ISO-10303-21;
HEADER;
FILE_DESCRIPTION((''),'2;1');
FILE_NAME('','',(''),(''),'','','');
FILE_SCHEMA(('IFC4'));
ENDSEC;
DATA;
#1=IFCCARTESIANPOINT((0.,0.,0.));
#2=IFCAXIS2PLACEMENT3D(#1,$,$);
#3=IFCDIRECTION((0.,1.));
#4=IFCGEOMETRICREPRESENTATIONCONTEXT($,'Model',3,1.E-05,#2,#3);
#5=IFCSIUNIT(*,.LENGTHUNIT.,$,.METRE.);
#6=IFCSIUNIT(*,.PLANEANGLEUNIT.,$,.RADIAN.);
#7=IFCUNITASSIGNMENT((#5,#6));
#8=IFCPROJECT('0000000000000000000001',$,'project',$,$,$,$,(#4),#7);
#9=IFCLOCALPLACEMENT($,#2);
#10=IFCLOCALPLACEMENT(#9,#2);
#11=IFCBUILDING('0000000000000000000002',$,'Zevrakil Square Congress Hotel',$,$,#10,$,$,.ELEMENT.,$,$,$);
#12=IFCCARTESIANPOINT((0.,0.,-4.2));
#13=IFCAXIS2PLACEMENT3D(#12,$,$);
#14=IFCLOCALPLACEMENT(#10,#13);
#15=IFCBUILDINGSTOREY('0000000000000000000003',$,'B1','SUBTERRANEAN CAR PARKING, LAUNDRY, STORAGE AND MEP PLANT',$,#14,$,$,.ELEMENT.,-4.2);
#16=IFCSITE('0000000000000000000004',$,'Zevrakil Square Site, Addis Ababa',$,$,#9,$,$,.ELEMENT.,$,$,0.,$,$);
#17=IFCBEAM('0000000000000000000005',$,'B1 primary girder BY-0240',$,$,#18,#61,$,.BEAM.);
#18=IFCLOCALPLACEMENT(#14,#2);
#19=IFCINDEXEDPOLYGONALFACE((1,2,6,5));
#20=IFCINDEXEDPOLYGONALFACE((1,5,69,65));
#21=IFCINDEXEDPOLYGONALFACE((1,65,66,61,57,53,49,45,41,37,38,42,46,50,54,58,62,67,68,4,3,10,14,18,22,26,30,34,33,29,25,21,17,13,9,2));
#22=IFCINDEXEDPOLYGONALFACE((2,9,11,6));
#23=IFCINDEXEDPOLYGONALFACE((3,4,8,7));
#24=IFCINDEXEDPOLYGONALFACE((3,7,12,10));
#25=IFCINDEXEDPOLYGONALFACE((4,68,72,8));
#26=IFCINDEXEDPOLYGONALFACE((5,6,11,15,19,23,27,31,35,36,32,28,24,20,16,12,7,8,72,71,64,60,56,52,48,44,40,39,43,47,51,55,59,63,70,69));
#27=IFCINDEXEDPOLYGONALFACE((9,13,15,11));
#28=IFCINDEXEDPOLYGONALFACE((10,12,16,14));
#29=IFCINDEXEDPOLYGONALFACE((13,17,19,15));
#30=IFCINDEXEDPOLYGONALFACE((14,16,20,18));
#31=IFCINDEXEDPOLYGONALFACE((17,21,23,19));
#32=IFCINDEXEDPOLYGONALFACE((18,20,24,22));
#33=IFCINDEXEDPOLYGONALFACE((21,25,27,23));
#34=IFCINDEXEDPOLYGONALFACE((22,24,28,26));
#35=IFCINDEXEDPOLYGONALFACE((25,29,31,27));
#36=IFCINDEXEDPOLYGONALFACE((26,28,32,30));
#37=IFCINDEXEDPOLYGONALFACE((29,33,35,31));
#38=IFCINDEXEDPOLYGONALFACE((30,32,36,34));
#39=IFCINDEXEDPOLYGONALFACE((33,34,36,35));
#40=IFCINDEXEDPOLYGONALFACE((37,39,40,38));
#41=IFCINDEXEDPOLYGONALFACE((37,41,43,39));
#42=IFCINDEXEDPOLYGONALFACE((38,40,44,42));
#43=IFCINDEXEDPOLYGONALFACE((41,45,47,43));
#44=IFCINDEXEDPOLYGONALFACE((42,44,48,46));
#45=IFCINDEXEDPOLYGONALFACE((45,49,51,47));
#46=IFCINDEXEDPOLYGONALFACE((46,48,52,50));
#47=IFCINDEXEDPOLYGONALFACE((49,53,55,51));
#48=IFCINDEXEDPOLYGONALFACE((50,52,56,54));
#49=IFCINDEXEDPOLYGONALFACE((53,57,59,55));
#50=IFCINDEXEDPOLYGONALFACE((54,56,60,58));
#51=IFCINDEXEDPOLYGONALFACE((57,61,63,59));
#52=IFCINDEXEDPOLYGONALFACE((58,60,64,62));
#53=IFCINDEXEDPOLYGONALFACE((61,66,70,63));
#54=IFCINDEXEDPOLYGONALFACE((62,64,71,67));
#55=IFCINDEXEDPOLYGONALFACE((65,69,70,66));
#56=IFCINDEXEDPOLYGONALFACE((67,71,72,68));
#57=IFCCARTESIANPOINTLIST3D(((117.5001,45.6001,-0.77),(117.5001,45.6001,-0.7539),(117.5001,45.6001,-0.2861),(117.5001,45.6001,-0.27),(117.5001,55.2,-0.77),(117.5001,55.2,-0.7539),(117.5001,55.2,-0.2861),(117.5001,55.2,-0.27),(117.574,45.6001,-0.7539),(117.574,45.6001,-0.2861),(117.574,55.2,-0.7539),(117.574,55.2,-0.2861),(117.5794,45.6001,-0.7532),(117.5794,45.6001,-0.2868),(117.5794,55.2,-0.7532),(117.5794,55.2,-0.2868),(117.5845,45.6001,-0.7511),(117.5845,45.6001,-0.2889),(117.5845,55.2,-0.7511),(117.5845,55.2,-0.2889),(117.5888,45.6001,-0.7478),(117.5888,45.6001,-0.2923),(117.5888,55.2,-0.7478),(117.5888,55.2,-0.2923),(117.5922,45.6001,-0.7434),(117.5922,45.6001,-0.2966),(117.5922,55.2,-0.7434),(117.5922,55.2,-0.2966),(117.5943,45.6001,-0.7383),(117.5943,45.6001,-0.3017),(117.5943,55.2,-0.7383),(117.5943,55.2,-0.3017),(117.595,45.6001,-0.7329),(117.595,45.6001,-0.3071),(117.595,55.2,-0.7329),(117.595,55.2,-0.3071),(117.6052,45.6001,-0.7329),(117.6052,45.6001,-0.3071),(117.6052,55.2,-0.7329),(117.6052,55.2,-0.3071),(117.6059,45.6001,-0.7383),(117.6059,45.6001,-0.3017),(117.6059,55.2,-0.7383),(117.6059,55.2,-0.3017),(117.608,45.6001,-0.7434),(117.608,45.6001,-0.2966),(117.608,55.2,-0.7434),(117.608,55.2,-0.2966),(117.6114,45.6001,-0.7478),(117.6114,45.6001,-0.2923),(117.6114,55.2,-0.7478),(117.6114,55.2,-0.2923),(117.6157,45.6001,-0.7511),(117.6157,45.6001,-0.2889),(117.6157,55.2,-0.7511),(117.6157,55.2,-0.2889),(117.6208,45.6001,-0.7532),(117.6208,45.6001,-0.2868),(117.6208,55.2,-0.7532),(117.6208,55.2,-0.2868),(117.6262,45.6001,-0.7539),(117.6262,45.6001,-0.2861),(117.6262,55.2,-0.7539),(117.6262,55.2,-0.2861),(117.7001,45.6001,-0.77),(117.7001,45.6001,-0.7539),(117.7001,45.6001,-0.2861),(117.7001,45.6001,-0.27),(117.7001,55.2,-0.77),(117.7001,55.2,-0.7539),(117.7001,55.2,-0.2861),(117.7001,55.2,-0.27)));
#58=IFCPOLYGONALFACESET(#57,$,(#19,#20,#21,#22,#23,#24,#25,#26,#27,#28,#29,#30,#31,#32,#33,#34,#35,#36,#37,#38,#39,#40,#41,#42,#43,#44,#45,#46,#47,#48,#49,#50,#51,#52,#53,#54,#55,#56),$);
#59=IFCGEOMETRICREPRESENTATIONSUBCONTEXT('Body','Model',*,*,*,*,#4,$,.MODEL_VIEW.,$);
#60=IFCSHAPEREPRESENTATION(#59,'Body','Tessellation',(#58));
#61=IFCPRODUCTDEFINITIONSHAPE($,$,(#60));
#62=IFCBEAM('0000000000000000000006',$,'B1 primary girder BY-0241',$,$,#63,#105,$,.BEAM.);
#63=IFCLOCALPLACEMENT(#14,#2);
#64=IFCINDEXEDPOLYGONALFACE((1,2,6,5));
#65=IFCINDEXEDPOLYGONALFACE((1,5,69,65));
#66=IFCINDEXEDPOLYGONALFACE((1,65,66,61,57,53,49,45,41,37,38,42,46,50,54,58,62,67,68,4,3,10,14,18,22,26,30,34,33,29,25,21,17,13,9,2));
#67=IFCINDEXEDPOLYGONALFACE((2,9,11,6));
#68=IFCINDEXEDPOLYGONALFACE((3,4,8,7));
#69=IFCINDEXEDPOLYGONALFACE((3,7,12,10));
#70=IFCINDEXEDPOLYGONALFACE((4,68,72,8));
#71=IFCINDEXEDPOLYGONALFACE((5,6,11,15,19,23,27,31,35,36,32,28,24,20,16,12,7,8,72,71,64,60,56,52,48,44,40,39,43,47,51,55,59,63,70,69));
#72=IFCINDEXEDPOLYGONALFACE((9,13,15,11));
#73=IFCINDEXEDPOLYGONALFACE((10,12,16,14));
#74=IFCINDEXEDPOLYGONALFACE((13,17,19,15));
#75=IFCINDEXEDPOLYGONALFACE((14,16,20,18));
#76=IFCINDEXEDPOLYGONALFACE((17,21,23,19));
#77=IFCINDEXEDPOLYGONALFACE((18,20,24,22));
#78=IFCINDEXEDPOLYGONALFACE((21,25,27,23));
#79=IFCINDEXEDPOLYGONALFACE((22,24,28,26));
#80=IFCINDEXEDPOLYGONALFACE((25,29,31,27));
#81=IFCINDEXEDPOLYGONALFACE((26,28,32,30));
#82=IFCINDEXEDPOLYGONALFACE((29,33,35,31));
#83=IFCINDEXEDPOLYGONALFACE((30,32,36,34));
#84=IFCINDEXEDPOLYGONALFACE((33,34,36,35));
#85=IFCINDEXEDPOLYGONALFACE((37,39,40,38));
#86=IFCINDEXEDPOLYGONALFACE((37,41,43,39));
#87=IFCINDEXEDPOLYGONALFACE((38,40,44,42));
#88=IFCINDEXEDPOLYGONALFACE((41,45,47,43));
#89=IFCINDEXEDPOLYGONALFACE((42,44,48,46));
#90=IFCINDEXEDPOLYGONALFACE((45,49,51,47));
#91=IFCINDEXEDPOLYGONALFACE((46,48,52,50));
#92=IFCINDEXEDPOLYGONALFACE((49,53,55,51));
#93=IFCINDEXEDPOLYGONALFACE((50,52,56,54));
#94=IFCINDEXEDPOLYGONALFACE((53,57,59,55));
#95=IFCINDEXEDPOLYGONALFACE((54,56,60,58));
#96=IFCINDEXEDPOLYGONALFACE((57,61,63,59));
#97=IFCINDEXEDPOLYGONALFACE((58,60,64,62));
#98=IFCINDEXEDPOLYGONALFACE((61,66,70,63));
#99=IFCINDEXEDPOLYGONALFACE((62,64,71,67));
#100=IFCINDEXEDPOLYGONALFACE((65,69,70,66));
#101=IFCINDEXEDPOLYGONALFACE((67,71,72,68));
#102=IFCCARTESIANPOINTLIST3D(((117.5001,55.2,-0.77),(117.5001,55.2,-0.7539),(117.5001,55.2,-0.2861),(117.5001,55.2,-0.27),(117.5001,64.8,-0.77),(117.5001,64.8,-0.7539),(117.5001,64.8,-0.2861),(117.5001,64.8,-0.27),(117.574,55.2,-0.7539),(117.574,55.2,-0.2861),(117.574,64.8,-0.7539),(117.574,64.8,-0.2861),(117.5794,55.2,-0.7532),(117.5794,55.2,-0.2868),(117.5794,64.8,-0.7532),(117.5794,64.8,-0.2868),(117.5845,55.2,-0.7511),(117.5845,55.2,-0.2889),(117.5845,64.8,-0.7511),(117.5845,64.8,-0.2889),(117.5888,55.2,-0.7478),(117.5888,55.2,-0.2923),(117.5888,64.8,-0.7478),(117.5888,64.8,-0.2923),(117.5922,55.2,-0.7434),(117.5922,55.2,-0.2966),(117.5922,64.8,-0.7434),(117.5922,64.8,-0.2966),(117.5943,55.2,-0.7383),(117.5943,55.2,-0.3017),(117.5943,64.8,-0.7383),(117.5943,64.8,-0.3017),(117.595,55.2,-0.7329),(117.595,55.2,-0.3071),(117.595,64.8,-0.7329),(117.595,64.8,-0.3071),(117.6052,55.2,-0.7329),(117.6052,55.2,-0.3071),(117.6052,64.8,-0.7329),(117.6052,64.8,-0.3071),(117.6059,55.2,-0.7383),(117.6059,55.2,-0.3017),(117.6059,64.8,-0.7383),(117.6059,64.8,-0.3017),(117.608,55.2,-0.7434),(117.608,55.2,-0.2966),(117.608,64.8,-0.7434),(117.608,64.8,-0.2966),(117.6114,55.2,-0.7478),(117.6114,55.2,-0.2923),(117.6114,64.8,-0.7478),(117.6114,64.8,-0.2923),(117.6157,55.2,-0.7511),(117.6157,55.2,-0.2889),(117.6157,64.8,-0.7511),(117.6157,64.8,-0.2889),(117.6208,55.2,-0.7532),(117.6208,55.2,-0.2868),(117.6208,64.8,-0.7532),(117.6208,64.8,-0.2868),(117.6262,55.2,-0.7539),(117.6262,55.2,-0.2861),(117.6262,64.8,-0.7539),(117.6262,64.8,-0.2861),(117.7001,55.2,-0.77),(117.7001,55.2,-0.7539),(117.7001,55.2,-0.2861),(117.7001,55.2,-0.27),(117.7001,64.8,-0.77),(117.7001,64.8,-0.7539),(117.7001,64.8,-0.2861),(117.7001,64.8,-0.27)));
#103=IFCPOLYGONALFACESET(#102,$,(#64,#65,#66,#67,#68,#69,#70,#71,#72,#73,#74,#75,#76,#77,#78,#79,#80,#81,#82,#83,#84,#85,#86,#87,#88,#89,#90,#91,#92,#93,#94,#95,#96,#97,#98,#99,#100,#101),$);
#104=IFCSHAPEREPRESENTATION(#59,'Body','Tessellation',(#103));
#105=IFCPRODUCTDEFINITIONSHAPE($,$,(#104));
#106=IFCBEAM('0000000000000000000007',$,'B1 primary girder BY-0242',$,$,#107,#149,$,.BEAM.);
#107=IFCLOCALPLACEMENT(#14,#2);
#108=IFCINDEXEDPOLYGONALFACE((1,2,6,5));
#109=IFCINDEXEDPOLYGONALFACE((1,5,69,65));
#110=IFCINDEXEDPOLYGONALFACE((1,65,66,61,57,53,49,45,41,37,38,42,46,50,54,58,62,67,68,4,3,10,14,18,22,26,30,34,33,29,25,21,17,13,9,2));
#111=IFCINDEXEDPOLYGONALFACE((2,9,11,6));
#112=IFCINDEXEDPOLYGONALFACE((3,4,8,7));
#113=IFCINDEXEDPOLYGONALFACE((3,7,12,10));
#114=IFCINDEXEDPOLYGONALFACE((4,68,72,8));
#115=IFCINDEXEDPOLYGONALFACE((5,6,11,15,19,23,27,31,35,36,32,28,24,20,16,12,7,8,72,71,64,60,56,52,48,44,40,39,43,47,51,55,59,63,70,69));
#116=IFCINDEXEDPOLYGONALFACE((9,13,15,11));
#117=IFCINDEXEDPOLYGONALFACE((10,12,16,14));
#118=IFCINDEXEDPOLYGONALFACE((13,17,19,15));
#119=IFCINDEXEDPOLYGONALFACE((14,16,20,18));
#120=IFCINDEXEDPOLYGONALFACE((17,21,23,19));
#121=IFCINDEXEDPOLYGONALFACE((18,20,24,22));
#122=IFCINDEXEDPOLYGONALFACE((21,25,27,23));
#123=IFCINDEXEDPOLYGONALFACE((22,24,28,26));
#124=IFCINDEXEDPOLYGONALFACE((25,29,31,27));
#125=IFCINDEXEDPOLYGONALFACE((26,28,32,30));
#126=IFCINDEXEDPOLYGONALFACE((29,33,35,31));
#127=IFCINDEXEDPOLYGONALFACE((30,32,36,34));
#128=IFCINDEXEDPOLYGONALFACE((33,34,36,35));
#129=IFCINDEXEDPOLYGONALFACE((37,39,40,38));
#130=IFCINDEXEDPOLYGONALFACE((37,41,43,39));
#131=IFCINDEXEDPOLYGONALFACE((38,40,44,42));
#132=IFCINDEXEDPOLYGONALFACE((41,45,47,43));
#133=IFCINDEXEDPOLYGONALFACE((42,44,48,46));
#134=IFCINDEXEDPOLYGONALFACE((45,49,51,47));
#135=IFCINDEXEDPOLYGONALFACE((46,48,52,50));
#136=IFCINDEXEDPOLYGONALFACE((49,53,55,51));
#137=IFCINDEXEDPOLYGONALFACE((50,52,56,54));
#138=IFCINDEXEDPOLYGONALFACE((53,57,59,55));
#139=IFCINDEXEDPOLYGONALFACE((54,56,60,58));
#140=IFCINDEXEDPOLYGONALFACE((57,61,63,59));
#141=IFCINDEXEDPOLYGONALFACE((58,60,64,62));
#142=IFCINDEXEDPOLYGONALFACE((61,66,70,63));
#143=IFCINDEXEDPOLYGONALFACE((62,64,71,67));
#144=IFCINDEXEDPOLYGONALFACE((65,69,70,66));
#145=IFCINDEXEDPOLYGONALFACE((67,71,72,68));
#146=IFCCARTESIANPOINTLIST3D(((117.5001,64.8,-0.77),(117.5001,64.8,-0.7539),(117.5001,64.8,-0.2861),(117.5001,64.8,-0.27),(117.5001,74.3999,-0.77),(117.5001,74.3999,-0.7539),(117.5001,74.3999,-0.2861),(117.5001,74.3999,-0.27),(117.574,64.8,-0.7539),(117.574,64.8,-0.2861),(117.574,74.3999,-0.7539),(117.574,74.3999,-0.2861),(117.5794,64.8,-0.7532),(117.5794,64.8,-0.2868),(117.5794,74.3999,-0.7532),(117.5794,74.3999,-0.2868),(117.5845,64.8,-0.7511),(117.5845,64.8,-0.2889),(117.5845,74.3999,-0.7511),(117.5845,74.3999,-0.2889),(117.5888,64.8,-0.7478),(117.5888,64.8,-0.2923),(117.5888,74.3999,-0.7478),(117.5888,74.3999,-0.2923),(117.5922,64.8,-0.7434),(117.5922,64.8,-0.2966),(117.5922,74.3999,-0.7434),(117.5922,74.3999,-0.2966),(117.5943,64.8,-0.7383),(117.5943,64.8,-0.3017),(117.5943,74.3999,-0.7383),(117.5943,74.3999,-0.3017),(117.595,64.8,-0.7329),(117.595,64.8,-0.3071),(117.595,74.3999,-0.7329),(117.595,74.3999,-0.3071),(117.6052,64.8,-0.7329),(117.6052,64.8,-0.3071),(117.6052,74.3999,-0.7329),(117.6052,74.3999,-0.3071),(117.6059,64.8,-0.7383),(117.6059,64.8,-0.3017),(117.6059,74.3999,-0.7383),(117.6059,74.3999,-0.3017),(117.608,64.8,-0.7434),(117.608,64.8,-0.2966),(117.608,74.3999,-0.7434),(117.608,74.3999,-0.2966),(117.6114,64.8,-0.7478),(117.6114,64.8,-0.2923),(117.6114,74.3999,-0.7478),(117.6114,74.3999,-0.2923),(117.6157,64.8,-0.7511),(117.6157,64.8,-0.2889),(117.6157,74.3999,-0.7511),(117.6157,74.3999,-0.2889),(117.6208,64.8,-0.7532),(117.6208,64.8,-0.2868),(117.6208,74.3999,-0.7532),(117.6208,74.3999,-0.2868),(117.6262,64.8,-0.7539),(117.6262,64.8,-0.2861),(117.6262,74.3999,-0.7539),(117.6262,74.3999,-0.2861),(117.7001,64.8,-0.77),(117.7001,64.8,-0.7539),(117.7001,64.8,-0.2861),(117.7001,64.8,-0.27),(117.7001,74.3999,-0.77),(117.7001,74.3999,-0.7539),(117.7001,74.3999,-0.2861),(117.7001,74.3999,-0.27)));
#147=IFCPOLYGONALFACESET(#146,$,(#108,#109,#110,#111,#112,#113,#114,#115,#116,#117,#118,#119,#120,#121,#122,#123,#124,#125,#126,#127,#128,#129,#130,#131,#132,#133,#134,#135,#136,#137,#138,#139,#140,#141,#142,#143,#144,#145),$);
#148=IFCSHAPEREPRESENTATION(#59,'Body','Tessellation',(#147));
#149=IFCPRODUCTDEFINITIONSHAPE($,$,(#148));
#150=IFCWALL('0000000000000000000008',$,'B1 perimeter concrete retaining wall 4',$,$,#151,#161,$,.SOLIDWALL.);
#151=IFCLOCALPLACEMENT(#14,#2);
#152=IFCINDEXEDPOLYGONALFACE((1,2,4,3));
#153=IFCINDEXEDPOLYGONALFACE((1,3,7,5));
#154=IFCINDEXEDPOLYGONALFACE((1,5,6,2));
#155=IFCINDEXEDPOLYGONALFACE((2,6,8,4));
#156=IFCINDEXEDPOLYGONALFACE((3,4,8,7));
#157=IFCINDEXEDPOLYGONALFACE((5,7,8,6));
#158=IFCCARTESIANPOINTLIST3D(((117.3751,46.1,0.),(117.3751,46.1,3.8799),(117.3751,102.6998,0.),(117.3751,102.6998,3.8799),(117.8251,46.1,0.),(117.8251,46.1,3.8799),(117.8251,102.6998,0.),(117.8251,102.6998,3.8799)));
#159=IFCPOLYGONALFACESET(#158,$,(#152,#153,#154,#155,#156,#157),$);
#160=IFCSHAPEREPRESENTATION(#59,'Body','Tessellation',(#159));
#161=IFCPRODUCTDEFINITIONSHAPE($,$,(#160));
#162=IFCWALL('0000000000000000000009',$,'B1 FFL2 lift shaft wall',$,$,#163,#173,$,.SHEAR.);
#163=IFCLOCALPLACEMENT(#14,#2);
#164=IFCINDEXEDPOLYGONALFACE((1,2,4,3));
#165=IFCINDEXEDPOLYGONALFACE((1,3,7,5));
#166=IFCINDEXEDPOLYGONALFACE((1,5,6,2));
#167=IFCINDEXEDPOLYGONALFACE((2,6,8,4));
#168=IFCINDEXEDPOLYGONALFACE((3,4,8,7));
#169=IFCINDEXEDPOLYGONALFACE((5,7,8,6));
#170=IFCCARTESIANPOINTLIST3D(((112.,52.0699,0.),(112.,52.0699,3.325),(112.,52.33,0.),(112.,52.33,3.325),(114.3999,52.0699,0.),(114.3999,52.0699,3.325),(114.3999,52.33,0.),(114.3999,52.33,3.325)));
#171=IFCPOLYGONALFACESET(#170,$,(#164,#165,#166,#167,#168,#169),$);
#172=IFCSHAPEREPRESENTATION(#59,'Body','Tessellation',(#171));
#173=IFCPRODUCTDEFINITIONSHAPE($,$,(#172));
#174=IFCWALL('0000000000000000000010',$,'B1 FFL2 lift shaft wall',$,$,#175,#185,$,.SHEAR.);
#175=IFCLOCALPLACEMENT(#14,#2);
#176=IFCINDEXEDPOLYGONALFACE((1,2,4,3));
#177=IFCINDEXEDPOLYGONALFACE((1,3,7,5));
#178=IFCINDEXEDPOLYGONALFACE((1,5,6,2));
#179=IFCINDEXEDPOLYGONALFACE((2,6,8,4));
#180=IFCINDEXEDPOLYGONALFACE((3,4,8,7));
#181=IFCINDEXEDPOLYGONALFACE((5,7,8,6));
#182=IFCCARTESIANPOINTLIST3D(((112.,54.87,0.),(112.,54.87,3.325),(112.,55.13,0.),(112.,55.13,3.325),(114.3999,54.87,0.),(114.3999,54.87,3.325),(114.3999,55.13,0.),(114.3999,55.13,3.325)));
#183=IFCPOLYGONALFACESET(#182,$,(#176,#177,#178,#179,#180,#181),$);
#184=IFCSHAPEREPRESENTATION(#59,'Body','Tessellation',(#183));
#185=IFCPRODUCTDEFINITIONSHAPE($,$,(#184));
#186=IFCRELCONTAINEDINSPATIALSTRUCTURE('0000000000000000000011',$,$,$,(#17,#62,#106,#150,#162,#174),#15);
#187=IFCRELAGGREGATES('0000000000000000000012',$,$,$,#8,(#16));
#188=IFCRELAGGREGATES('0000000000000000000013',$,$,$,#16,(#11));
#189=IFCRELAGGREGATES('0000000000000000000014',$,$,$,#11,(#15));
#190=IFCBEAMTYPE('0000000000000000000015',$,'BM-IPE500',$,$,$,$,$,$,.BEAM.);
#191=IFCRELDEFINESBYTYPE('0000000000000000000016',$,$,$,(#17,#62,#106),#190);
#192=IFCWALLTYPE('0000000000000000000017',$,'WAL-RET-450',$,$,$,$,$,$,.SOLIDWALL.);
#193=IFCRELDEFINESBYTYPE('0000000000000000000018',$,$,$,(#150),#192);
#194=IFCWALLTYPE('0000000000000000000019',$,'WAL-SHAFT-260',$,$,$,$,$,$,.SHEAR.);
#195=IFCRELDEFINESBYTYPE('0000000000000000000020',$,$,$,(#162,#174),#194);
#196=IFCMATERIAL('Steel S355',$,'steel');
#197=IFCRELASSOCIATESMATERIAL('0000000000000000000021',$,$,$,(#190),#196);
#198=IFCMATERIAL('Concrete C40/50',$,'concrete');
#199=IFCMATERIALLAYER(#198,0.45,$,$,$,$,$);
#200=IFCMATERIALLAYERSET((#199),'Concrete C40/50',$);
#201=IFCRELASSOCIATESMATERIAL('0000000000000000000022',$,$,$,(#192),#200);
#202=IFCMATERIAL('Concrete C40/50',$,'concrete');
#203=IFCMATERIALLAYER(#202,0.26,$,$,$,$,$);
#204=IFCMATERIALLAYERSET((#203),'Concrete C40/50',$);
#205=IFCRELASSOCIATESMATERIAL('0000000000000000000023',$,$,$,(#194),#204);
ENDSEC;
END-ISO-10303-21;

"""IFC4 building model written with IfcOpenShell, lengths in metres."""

from ifc_helpers import new_model, si_unit, direction, frame, frame_2d, origin, origin_2d, place, context, subcontext, project, spatial, rectangle, i_section, extrude, material, layer, layer_set, material_profile, profile_set, type_object, element, save


model = new_model("IFC4")

# Units and contexts
model_context = context("Model", 3, precision=1e-05, world=origin(), true_north=direction((0.0, 1.0)))
body_context = subcontext(model_context, "Body", "Model", "MODEL_VIEW")
ifc_project = project(units=[si_unit("LENGTHUNIT", "METRE"), si_unit("PLANEANGLEUNIT", "RADIAN")], contexts=[model_context])

# Site, building, storey
site_placement = place(None, origin())
site = spatial("IfcSite", under=ifc_project, at=site_placement, Name="Zevrakil Square Site, Addis Ababa", CompositionType="ELEMENT", RefElevation=0.0)
building_placement = place(site_placement, origin())
building = spatial("IfcBuilding", under=site, at=building_placement, Name="Zevrakil Square Congress Hotel", CompositionType="ELEMENT")
storey_placement = place(building_placement, frame((0.0, 0.0, -4.2)))
storey = spatial("IfcBuildingStorey", under=building, at=storey_placement, Name="B1", Description="SUBTERRANEAN CAR PARKING, LAUNDRY, STORAGE AND MEP PLANT", CompositionType="ELEMENT", Elevation=-4.2)

# Beams
ifc_material_1 = material(Name="Steel S355", Category="steel")
ifc_material_profile_1 = material_profile(ifc_material_1, i_section(OverallWidth=0.2, OverallDepth=0.5, WebThickness=0.0103, FlangeThickness=0.0161, FilletRadius=0.021, at=origin_2d()), Name="IPE 500")
ifc_profile_set_1 = profile_set([ifc_material_profile_1], Name="Steel S355")
beam_type_1 = type_object("IfcBeamType", Name="BM-IPE500", PredefinedType="BEAM", material=ifc_profile_set_1)
beam_1_placement = place(storey_placement, frame((117.6001, 45.6001, -0.52), z_axis=(0.0, 1.0, 0.0), x_axis=(-1.0, 0.0, 0.0)))
element("IfcBeam", 1, at=beam_1_placement, inside=storey, type_object=beam_type_1, Name="B1 primary girder BY-0240", PredefinedType="BEAM", context=body_context, shape_type="SweptSolid", body=[
    extrude(i_section(OverallWidth=0.2, OverallDepth=0.5, WebThickness=0.0103, FlangeThickness=0.0161, FilletRadius=0.021, at=origin_2d()), origin(), (0.0, 0.0, 1.0), 9.5999),
])
beam_2_placement = place(storey_placement, frame((117.6001, 55.2, -0.52), z_axis=(0.0, 1.0, 0.0), x_axis=(-1.0, 0.0, 0.0)))
element("IfcBeam", 2, at=beam_2_placement, inside=storey, type_object=beam_type_1, Name="B1 primary girder BY-0241", PredefinedType="BEAM", context=body_context, shape_type="SweptSolid", body=[
    extrude(i_section(OverallWidth=0.2, OverallDepth=0.5, WebThickness=0.0103, FlangeThickness=0.0161, FilletRadius=0.021, at=origin_2d()), origin(), (0.0, 0.0, 1.0), 9.6001),
])
beam_3_placement = place(storey_placement, frame((117.6001, 64.8, -0.52), z_axis=(0.0, 1.0, 0.0), x_axis=(-1.0, 0.0, 0.0)))
element("IfcBeam", 3, at=beam_3_placement, inside=storey, type_object=beam_type_1, Name="B1 primary girder BY-0242", PredefinedType="BEAM", context=body_context, shape_type="SweptSolid", body=[
    extrude(i_section(OverallWidth=0.2, OverallDepth=0.5, WebThickness=0.0103, FlangeThickness=0.0161, FilletRadius=0.021, at=origin_2d()), origin(), (0.0, 0.0, 1.0), 9.5999),
])

# Walls
ifc_material_2 = material(Name="Concrete C40/50", Category="concrete")
ifc_layer_1 = layer(ifc_material_2, 0.45)
ifc_layer_set_1 = layer_set([ifc_layer_1], Name="Concrete C40/50")
wall_type_1 = type_object("IfcWallType", Name="WAL-RET-450", PredefinedType="SOLIDWALL", material=ifc_layer_set_1)
wall_1_placement = place(storey_placement, frame((117.6001, 46.1001, 0.0), z_axis=(0.0, 0.0, 1.0), x_axis=(0.0, 1.0, 0.0)))
element("IfcWall", 4, at=wall_1_placement, inside=storey, type_object=wall_type_1, Name="B1 perimeter concrete retaining wall 4", PredefinedType="SOLIDWALL", context=body_context, shape_type="SweptSolid", body=[
    extrude(rectangle(XDim=56.5999, YDim=0.45, at=frame_2d((28.2998, 0.0))), origin(), (0.0, 0.0, 1.0), 3.8799),
])
ifc_material_3 = material(Name="Concrete C40/50", Category="concrete")
ifc_layer_2 = layer(ifc_material_3, 0.26)
ifc_layer_set_2 = layer_set([ifc_layer_2], Name="Concrete C40/50")
wall_type_2 = type_object("IfcWallType", Name="WAL-SHAFT-260", PredefinedType="SHEAR", material=ifc_layer_set_2)
for number, where, z_axis, x_axis, name in (
    (5, (112.0, 52.2, 0.0), (0.0, 0.0, 1.0), (1.0, 0.0, 0.0), "B1 FFL2 lift shaft wall"),
    (6, (112.0, 55.0, 0.0), (0.0, 0.0, 1.0), (1.0, 0.0, 0.0), "B1 FFL2 lift shaft wall"),
):
    element("IfcWall", number, at=place(storey_placement, frame(where, z_axis=z_axis, x_axis=x_axis)), inside=storey, type_object=wall_type_2, Name=name, PredefinedType="SHEAR", context=body_context, shape_type="SweptSolid", body=[
        extrude(rectangle(XDim=2.3999, YDim=0.26, at=frame_2d((1.2, 0.0))), origin(), (0.0, 0.0, 1.0), 3.325),
    ])

save(model, "model.ifc")
